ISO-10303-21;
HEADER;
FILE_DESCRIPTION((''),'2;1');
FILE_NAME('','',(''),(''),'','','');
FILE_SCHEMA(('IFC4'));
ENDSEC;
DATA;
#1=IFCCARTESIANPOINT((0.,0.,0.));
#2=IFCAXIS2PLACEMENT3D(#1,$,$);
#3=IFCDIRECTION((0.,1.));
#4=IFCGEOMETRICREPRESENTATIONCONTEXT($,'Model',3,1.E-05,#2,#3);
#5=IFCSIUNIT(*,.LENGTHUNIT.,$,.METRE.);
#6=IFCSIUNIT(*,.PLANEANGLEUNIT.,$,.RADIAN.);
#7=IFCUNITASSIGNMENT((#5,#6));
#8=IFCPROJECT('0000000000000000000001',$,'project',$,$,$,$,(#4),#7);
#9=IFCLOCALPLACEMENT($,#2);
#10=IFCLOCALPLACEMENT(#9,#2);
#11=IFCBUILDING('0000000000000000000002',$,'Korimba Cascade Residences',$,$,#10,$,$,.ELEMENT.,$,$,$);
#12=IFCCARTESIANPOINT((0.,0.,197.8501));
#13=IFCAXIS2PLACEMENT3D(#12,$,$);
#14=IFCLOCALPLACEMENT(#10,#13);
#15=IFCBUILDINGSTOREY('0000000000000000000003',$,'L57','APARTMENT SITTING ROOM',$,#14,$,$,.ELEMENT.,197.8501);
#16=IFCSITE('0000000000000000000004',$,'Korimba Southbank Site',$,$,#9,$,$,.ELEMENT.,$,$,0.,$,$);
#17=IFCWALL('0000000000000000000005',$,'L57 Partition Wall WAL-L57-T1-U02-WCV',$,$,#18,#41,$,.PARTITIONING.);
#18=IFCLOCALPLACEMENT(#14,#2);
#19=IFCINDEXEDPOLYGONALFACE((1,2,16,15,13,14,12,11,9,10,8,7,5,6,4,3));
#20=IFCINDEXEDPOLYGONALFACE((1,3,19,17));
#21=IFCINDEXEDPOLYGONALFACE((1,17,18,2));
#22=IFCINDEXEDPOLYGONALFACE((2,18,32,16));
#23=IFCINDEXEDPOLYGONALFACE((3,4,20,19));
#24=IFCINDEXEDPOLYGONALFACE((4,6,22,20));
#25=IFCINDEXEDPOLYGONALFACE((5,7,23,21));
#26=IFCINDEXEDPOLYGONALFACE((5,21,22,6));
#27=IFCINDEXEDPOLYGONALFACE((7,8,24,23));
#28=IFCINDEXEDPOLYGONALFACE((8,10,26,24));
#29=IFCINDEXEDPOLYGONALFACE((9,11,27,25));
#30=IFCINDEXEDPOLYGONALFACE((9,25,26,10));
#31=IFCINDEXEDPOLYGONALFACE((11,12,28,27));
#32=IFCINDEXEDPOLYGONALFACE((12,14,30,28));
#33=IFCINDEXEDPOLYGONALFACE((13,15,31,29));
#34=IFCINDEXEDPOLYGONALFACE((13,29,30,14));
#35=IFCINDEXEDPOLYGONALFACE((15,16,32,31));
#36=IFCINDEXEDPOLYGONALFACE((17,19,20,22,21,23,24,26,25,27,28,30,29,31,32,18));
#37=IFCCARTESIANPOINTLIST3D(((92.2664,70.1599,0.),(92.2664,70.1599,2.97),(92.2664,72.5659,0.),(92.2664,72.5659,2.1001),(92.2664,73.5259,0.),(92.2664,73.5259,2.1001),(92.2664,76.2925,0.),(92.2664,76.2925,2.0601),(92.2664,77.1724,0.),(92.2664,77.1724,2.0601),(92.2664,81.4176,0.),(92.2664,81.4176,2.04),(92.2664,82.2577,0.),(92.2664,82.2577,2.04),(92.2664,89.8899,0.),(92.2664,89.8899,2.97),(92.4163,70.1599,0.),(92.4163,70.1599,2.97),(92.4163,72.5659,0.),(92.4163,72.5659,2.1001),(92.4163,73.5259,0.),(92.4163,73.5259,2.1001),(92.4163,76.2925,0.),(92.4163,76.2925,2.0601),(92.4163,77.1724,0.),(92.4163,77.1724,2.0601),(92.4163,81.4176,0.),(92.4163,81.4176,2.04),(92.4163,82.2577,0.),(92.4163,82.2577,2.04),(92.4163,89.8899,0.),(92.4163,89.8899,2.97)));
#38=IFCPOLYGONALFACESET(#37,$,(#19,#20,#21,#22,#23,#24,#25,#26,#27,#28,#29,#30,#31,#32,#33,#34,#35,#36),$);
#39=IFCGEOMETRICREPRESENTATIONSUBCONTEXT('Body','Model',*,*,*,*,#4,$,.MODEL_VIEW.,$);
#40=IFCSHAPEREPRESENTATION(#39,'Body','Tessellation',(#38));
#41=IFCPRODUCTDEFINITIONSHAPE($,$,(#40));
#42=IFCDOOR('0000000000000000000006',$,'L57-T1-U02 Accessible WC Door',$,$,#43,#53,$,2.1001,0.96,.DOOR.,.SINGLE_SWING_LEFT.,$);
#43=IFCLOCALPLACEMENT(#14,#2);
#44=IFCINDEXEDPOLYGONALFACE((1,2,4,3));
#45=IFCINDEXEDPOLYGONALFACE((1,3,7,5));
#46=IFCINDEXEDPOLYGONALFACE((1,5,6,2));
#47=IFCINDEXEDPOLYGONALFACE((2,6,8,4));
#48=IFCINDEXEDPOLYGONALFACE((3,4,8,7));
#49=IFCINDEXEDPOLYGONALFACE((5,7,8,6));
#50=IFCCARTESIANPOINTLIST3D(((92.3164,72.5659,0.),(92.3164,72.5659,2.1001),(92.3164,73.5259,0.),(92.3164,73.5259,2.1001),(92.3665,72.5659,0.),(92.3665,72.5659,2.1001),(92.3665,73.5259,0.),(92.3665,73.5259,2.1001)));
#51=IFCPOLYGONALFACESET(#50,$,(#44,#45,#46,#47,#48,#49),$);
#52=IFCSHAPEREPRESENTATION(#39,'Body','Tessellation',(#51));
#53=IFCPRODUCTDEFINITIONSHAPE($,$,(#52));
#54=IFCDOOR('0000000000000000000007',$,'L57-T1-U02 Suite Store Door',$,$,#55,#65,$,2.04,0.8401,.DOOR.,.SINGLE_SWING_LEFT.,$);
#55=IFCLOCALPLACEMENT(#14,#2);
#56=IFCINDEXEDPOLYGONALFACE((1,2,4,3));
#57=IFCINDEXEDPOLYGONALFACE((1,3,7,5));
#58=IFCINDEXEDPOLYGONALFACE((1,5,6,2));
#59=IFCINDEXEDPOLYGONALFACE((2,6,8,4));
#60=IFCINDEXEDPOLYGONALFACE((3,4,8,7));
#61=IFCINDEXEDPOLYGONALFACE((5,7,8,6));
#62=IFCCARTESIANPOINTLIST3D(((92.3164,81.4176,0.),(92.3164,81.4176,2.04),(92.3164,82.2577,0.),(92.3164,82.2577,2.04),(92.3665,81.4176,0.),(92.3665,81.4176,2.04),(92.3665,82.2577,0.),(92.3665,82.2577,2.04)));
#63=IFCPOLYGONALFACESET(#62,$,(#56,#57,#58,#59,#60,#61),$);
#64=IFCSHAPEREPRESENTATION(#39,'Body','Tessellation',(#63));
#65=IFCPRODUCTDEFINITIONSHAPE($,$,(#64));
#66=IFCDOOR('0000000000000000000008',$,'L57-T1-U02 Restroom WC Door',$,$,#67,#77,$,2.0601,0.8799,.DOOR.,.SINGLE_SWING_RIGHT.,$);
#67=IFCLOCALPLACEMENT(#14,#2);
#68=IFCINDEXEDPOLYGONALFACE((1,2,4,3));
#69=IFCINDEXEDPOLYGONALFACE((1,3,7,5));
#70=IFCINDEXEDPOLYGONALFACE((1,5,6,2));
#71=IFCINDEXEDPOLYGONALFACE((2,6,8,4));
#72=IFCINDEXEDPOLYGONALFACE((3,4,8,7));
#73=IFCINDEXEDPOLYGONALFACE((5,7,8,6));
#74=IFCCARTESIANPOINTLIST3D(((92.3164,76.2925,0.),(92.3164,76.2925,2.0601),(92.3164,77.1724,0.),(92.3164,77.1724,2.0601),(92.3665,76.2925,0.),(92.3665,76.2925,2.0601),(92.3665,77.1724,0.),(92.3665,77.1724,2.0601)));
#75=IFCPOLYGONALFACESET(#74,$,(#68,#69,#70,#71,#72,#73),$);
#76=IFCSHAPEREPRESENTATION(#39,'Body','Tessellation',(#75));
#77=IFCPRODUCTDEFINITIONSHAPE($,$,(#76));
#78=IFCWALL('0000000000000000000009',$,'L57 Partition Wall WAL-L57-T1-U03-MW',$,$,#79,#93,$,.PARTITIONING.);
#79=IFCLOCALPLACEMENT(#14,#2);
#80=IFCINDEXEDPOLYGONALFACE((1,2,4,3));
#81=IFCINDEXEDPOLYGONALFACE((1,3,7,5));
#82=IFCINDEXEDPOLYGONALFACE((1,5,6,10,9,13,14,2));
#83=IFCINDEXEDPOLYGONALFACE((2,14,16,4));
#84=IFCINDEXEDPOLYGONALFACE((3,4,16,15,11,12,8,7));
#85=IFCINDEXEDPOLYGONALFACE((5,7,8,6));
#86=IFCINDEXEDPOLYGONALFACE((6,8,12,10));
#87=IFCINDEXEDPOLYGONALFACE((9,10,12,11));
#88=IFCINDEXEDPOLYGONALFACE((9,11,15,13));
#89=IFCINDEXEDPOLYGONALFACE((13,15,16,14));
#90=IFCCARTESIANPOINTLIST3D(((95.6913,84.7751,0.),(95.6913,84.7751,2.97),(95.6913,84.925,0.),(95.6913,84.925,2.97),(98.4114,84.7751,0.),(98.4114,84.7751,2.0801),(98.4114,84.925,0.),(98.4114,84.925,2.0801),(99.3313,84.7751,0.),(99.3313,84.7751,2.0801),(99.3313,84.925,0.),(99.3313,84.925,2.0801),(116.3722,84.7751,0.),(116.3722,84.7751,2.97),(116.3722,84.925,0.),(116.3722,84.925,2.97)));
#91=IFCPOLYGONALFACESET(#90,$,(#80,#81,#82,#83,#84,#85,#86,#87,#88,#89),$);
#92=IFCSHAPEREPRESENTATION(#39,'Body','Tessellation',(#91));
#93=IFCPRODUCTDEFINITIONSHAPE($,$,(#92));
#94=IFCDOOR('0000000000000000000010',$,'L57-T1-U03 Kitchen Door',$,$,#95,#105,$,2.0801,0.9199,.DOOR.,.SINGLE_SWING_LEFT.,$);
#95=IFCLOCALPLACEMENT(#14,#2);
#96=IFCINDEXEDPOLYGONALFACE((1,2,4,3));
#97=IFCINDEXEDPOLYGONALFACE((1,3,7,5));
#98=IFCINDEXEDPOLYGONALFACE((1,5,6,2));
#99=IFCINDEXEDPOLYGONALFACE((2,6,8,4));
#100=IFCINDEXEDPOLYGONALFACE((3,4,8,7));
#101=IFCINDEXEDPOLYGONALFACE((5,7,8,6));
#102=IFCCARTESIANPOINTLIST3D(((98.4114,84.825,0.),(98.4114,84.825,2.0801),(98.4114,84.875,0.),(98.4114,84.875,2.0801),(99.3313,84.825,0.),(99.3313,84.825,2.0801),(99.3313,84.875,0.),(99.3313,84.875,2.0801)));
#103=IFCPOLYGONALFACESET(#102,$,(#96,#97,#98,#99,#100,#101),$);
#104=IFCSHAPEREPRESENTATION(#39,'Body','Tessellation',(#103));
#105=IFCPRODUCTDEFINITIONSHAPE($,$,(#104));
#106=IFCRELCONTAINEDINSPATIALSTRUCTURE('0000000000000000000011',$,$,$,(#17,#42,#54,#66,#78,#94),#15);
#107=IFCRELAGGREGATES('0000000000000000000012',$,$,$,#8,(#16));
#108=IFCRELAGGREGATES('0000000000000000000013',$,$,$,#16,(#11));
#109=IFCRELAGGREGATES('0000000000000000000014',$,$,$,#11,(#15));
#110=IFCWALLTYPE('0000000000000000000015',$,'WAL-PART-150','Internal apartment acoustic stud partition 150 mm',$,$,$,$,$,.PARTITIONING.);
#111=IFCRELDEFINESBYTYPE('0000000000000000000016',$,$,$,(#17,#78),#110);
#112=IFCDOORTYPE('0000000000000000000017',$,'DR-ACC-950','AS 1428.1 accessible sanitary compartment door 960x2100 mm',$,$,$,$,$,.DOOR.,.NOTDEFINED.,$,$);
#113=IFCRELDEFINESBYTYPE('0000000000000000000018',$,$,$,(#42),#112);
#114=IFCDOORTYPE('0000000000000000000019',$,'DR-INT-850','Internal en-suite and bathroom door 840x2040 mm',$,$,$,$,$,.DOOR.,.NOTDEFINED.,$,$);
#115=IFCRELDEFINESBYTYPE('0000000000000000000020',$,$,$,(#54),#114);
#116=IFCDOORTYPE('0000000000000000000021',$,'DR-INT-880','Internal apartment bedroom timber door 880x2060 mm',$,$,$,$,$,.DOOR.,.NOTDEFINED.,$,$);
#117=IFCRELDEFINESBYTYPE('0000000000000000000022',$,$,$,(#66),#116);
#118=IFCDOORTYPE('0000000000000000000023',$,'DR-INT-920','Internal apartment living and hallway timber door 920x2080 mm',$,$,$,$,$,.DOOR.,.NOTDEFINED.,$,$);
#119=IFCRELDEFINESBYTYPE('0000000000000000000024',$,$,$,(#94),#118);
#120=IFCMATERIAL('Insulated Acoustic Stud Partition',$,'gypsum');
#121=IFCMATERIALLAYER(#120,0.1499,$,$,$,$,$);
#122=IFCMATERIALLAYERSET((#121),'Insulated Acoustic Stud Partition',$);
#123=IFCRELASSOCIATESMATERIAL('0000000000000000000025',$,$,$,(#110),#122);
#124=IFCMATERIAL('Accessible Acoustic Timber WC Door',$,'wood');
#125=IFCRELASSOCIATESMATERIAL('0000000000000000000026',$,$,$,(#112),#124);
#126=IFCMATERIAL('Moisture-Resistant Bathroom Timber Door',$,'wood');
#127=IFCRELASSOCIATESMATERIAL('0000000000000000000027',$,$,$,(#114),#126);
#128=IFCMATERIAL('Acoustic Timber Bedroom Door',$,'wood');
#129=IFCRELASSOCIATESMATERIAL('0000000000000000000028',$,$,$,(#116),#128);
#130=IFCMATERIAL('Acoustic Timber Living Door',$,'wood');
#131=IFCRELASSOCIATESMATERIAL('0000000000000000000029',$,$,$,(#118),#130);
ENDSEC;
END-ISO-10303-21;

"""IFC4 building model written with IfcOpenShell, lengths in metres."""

from ifc_helpers import new_model, si_unit, direction, frame, frame_2d, origin, place, context, subcontext, project, spatial, rectangle, extrude, material, layer, layer_set, type_object, element, fill, save


model = new_model("IFC4")

# Units and contexts
model_context = context("Model", 3, precision=1e-05, world=origin(), true_north=direction((0.0, 1.0)))
body_context = subcontext(model_context, "Body", "Model", "MODEL_VIEW")
ifc_project = project(units=[si_unit("LENGTHUNIT", "METRE"), si_unit("PLANEANGLEUNIT", "RADIAN")], contexts=[model_context])

# Site, building, storey
site_placement = place(None, origin())
site = spatial("IfcSite", under=ifc_project, at=site_placement, Name="Korimba Southbank Site", CompositionType="ELEMENT", RefElevation=0.0)
building_placement = place(site_placement, origin())
building = spatial("IfcBuilding", under=site, at=building_placement, Name="Korimba Cascade Residences", CompositionType="ELEMENT")
storey_placement = place(building_placement, frame((0.0, 0.0, 197.8501)))
storey = spatial("IfcBuildingStorey", under=building, at=storey_placement, Name="L57", Description="APARTMENT SITTING ROOM", CompositionType="ELEMENT", Elevation=197.8501)

# Shared definitions
ifc_material_1 = material(Name="Insulated Acoustic Stud Partition", Category="gypsum")
ifc_layer_1 = layer(ifc_material_1, 0.1499)
ifc_layer_set_1 = layer_set([ifc_layer_1], Name="Insulated Acoustic Stud Partition")
wall_type_1 = type_object("IfcWallType", Name="WAL-PART-150", Description="Internal apartment acoustic stud partition 150 mm", PredefinedType="PARTITIONING", material=ifc_layer_set_1)

# Wall, openings, doors
wall_1_placement = place(storey_placement, frame((92.3413, 70.1599, 0.0), z_axis=(0.0, 0.0, 1.0), x_axis=(0.0, 1.0, 0.0)))
wall_1 = element("IfcWall", 1, at=wall_1_placement, inside=storey, type_object=wall_type_1, Name="L57 Partition Wall WAL-L57-T1-U02-WCV", PredefinedType="PARTITIONING", context=body_context, shape_type="SweptSolid", body=[
    extrude(rectangle(XDim=19.73, YDim=0.1499, at=frame_2d((9.865, 0.0))), origin(), (0.0, 0.0, 1.0), 2.97),
])
opening_1_placement = place(wall_1_placement, frame((2.406, 0.0, 0.0)))
opening_1 = element("IfcOpeningElement", 2, at=opening_1_placement, cuts=wall_1, PredefinedType="OPENING", context=body_context, shape_type="SweptSolid", body=[
    extrude(rectangle(XDim=0.96, YDim=2.1001, at=frame_2d((0.48, 1.05))), frame((0.0, 0.085, 0.0), z_axis=(0.0, -1.0, 0.0), x_axis=(1.0, 0.0, 0.0)), (0.0, 0.0, 1.0), 0.1699),
])
opening_2_placement = place(wall_1_placement, frame((6.1326, 0.0, 0.0)))
opening_2 = element("IfcOpeningElement", 3, at=opening_2_placement, cuts=wall_1, PredefinedType="OPENING", context=body_context, shape_type="SweptSolid", body=[
    extrude(rectangle(XDim=0.8799, YDim=2.0601, at=frame_2d((0.4399, 1.03))), frame((0.0, 0.085, 0.0), z_axis=(0.0, -1.0, 0.0), x_axis=(1.0, 0.0, 0.0)), (0.0, 0.0, 1.0), 0.1699),
])
opening_3_placement = place(wall_1_placement, frame((11.2578, 0.0, 0.0)))
opening_3 = element("IfcOpeningElement", 4, at=opening_3_placement, cuts=wall_1, PredefinedType="OPENING", context=body_context, shape_type="SweptSolid", body=[
    extrude(rectangle(XDim=0.8401, YDim=2.04, at=frame_2d((0.4199, 1.02))), frame((0.0, 0.085, 0.0), z_axis=(0.0, -1.0, 0.0), x_axis=(1.0, 0.0, 0.0)), (0.0, 0.0, 1.0), 0.1699),
])
ifc_material_2 = material(Name="Accessible Acoustic Timber WC Door", Category="wood")
door_type_1 = type_object("IfcDoorType", Name="DR-ACC-950", Description="AS 1428.1 accessible sanitary compartment door 960x2100 mm", OperationType="NOTDEFINED", PredefinedType="DOOR", material=ifc_material_2)
door_1_placement = place(opening_1_placement, origin())
door_1 = element("IfcDoor", 5, at=door_1_placement, inside=storey, type_object=door_type_1, Name="L57-T1-U02 Accessible WC Door", OperationType="SINGLE_SWING_LEFT", OverallHeight=2.1001, OverallWidth=0.96, PredefinedType="DOOR", context=body_context, shape_type="SweptSolid", body=[
    extrude(rectangle(XDim=0.96, YDim=2.1001, at=frame_2d((0.48, 1.05))), frame((0.0, 0.0249, 0.0), z_axis=(0.0, -1.0, 0.0), x_axis=(1.0, 0.0, 0.0)), (0.0, 0.0, 1.0), 0.05),
])
fill(opening_1, door_1)
ifc_material_3 = material(Name="Moisture-Resistant Bathroom Timber Door", Category="wood")
door_type_2 = type_object("IfcDoorType", Name="DR-INT-850", Description="Internal en-suite and bathroom door 840x2040 mm", OperationType="NOTDEFINED", PredefinedType="DOOR", material=ifc_material_3)
door_2_placement = place(opening_3_placement, origin())
door_2 = element("IfcDoor", 6, at=door_2_placement, inside=storey, type_object=door_type_2, Name="L57-T1-U02 Suite Store Door", OperationType="SINGLE_SWING_LEFT", OverallHeight=2.04, OverallWidth=0.8401, PredefinedType="DOOR", context=body_context, shape_type="SweptSolid", body=[
    extrude(rectangle(XDim=0.8401, YDim=2.04, at=frame_2d((0.4199, 1.02))), frame((0.0, 0.0249, 0.0), z_axis=(0.0, -1.0, 0.0), x_axis=(1.0, 0.0, 0.0)), (0.0, 0.0, 1.0), 0.05),
])
fill(opening_3, door_2)
ifc_material_4 = material(Name="Acoustic Timber Bedroom Door", Category="wood")
door_type_3 = type_object("IfcDoorType", Name="DR-INT-880", Description="Internal apartment bedroom timber door 880x2060 mm", OperationType="NOTDEFINED", PredefinedType="DOOR", material=ifc_material_4)
door_3_placement = place(opening_2_placement, origin())
door_3 = element("IfcDoor", 7, at=door_3_placement, inside=storey, type_object=door_type_3, Name="L57-T1-U02 Restroom WC Door", OperationType="SINGLE_SWING_RIGHT", OverallHeight=2.0601, OverallWidth=0.8799, PredefinedType="DOOR", context=body_context, shape_type="SweptSolid", body=[
    extrude(rectangle(XDim=0.8799, YDim=2.0601, at=frame_2d((0.4399, 1.03))), frame((0.0, 0.0249, 0.0), z_axis=(0.0, -1.0, 0.0), x_axis=(1.0, 0.0, 0.0)), (0.0, 0.0, 1.0), 0.05),
])
fill(opening_2, door_3)

# Wall, opening, door
wall_2_placement = place(storey_placement, frame((95.6914, 84.8501, 0.0), z_axis=(0.0, 0.0, 1.0), x_axis=(1.0, 0.0, 0.0)))
wall_2 = element("IfcWall", 8, at=wall_2_placement, inside=storey, type_object=wall_type_1, Name="L57 Partition Wall WAL-L57-T1-U03-MW", PredefinedType="PARTITIONING", context=body_context, shape_type="SweptSolid", body=[
    extrude(rectangle(XDim=20.6809, YDim=0.1499, at=frame_2d((10.3403, 0.0))), origin(), (0.0, 0.0, 1.0), 2.97),
])
opening_4_placement = place(wall_2_placement, frame((2.72, 0.0, 0.0)))
opening_4 = element("IfcOpeningElement", 9, at=opening_4_placement, cuts=wall_2, PredefinedType="OPENING", context=body_context, shape_type="SweptSolid", body=[
    extrude(rectangle(XDim=0.9199, YDim=2.0801, at=frame_2d((0.46, 1.04))), frame((0.0, 0.085, 0.0), z_axis=(0.0, -1.0, 0.0), x_axis=(1.0, 0.0, 0.0)), (0.0, 0.0, 1.0), 0.1699),
])
ifc_material_5 = material(Name="Acoustic Timber Living Door", Category="wood")
door_type_4 = type_object("IfcDoorType", Name="DR-INT-920", Description="Internal apartment living and hallway timber door 920x2080 mm", OperationType="NOTDEFINED", PredefinedType="DOOR", material=ifc_material_5)
door_4_placement = place(opening_4_placement, origin())
door_4 = element("IfcDoor", 10, at=door_4_placement, inside=storey, type_object=door_type_4, Name="L57-T1-U03 Kitchen Door", OperationType="SINGLE_SWING_LEFT", OverallHeight=2.0801, OverallWidth=0.9199, PredefinedType="DOOR", context=body_context, shape_type="SweptSolid", body=[
    extrude(rectangle(XDim=0.9199, YDim=2.0801, at=frame_2d((0.46, 1.04))), frame((0.0, 0.0249, 0.0), z_axis=(0.0, -1.0, 0.0), x_axis=(1.0, 0.0, 0.0)), (0.0, 0.0, 1.0), 0.05),
])
fill(opening_4, door_4)

save(model, "model.ifc")
